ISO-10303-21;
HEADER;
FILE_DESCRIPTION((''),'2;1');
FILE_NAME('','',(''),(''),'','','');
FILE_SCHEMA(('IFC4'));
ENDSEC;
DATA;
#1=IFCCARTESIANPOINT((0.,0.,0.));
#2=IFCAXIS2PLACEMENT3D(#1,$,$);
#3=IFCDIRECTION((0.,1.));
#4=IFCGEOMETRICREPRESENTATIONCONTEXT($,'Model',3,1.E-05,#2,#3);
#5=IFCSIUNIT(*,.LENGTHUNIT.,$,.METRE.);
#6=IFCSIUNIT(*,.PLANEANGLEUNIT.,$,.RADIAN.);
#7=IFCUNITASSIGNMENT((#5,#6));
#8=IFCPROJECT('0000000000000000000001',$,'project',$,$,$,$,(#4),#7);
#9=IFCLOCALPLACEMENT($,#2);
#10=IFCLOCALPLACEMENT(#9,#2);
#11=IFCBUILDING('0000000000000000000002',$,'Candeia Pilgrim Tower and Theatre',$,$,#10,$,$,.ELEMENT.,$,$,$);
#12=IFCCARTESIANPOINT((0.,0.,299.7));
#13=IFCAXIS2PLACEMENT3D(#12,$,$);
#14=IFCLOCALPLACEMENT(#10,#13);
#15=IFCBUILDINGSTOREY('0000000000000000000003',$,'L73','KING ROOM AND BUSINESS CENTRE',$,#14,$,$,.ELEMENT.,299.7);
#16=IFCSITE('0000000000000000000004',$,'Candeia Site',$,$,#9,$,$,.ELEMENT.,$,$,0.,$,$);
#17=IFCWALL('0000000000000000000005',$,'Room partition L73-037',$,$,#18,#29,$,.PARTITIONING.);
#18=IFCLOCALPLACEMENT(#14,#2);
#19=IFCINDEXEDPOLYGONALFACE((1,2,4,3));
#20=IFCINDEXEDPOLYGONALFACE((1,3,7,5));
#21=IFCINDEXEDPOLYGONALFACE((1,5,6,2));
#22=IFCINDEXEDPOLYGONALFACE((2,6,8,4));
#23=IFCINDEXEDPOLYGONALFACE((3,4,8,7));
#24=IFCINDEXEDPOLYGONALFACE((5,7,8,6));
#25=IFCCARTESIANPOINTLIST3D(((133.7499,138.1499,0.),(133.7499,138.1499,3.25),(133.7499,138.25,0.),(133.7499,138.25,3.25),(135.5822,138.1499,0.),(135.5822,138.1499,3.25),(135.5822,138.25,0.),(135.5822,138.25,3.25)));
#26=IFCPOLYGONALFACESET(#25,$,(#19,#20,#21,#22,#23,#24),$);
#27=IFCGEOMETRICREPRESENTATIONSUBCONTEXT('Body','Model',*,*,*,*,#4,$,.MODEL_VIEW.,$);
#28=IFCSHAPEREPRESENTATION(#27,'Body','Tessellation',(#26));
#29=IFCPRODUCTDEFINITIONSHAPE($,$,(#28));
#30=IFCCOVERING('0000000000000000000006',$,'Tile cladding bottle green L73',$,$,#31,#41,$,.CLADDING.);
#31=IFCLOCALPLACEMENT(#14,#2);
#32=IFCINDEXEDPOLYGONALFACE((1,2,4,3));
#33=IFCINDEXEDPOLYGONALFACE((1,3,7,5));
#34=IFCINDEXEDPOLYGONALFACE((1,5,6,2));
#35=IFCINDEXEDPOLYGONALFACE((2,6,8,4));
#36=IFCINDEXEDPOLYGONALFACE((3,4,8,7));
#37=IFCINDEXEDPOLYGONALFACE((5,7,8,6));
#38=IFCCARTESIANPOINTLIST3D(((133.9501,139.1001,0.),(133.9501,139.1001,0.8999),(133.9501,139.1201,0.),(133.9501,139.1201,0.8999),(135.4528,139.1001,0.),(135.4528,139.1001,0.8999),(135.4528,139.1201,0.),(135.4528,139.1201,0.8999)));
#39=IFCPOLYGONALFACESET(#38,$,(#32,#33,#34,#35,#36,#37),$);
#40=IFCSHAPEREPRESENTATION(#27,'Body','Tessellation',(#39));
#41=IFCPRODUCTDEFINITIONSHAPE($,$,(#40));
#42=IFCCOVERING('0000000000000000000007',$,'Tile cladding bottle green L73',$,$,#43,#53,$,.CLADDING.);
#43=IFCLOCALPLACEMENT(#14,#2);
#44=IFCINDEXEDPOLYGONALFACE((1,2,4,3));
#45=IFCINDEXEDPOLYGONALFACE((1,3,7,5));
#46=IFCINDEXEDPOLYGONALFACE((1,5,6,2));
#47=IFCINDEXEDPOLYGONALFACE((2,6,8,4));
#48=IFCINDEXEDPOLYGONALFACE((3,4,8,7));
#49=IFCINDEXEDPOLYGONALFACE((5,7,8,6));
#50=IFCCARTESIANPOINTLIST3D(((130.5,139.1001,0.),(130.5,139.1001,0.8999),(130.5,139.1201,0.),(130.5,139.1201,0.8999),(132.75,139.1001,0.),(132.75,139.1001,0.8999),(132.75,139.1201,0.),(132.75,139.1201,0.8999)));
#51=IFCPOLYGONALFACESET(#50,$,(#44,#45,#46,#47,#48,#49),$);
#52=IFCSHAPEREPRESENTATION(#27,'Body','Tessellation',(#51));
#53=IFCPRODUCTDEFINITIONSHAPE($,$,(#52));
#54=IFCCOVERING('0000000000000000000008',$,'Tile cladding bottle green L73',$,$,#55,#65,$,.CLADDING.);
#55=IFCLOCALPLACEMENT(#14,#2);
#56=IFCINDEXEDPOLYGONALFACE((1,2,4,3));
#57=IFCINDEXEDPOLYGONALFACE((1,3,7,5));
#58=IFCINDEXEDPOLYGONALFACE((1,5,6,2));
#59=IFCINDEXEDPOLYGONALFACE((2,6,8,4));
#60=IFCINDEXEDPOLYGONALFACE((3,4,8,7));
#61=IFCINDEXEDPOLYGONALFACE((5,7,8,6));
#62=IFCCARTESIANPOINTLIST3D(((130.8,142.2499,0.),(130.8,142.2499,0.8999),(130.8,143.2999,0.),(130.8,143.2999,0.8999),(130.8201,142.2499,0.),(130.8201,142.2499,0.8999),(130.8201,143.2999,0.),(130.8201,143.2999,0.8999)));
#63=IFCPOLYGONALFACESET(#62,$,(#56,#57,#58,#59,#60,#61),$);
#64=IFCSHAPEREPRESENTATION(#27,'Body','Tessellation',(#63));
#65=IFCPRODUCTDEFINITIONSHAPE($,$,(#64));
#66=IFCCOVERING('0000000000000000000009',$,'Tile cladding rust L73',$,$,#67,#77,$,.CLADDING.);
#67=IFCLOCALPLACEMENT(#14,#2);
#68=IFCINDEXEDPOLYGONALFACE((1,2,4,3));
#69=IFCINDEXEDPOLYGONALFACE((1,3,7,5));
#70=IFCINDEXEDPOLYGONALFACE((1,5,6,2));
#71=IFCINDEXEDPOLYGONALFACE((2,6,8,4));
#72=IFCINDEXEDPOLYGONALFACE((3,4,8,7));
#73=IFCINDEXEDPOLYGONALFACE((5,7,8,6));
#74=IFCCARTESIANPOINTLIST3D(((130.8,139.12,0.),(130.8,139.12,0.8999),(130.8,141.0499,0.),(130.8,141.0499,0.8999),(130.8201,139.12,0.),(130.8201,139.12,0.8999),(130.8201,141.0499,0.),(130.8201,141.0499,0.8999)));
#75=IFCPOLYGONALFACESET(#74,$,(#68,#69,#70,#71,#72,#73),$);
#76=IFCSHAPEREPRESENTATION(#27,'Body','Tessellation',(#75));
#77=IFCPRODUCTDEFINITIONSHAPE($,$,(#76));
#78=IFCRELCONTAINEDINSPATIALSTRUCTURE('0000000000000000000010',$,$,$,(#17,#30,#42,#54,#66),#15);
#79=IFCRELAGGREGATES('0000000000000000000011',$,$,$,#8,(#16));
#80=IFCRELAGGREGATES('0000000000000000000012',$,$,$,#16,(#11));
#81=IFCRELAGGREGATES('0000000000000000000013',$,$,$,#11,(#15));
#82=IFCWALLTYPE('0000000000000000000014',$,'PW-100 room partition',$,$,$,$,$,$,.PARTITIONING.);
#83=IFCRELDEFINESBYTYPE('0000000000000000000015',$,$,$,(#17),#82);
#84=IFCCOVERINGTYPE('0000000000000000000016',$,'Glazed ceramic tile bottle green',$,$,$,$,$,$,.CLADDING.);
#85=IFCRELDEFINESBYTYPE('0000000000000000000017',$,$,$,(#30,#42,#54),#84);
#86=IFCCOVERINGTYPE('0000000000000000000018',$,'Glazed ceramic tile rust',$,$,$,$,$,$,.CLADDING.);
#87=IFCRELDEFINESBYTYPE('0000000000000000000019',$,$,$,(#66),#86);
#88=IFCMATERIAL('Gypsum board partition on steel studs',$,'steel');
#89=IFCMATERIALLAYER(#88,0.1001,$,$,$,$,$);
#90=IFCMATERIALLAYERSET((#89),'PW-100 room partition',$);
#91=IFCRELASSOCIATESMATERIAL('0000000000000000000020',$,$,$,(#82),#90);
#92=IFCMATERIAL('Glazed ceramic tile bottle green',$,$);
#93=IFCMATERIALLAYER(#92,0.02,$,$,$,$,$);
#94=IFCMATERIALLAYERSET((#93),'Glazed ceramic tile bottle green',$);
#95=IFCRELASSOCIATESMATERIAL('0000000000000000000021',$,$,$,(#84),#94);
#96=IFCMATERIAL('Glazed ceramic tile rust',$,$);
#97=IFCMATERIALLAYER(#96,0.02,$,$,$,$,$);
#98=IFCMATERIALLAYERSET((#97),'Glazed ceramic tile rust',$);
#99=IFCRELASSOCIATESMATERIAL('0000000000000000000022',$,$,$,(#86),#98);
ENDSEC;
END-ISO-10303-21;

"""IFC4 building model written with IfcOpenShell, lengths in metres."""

from ifc_helpers import new_model, si_unit, direction, frame, frame_2d, origin, origin_2d, place, context, subcontext, project, spatial, rectangle, extrude, material, layer, layer_set, type_object, element, save


model = new_model("IFC4")

# Units and contexts
model_context = context("Model", 3, precision=1e-05, world=origin(), true_north=direction((0.0, 1.0)))
body_context = subcontext(model_context, "Body", "Model", "MODEL_VIEW")
ifc_project = project(units=[si_unit("LENGTHUNIT", "METRE"), si_unit("PLANEANGLEUNIT", "RADIAN")], contexts=[model_context])

# Site, building, storey
site_placement = place(None, origin())
site = spatial("IfcSite", under=ifc_project, at=site_placement, Name="Candeia Site", CompositionType="ELEMENT", RefElevation=0.0)
building_placement = place(site_placement, origin())
building = spatial("IfcBuilding", under=site, at=building_placement, Name="Candeia Pilgrim Tower and Theatre", CompositionType="ELEMENT")
storey_placement = place(building_placement, frame((0.0, 0.0, 299.7)))
storey = spatial("IfcBuildingStorey", under=building, at=storey_placement, Name="L73", Description="KING ROOM AND BUSINESS CENTRE", CompositionType="ELEMENT", Elevation=299.7)

# Wall
ifc_material_1 = material(Name="Gypsum board partition on steel studs", Category="steel")
ifc_layer_1 = layer(ifc_material_1, 0.1001)
ifc_layer_set_1 = layer_set([ifc_layer_1], Name="PW-100 room partition")
wall_type_1 = type_object("IfcWallType", Name="PW-100 room partition", PredefinedType="PARTITIONING", material=ifc_layer_set_1)
wall_1_placement = place(storey_placement, frame((133.75, 138.2, 0.0), z_axis=(0.0, 0.0, 1.0), x_axis=(1.0, 0.0, 0.0)))
element("IfcWall", 1, at=wall_1_placement, inside=storey, type_object=wall_type_1, Name="Room partition L73-037", PredefinedType="PARTITIONING", context=body_context, shape_type="SweptSolid", body=[
    extrude(rectangle(XDim=1.8323, YDim=0.1001, at=frame_2d((0.916, 0.0))), origin(), (0.0, 0.0, 1.0), 3.25),
])

# Coverings
ifc_material_2 = material(Name="Glazed ceramic tile bottle green")
ifc_layer_2 = layer(ifc_material_2, 0.02)
ifc_layer_set_2 = layer_set([ifc_layer_2], Name="Glazed ceramic tile bottle green")
covering_type_1 = type_object("IfcCoveringType", Name="Glazed ceramic tile bottle green", PredefinedType="CLADDING", material=ifc_layer_set_2)
covering_1_placement = place(storey_placement, frame((134.7014, 139.1101, 0.0), z_axis=(0.0, 0.0, 1.0), x_axis=(-1.0, 0.0, 0.0)))
element("IfcCovering", 2, at=covering_1_placement, inside=storey, type_object=covering_type_1, Name="Tile cladding bottle green L73", PredefinedType="CLADDING", context=body_context, shape_type="SweptSolid", body=[
    extrude(rectangle(XDim=1.5027, YDim=0.02, at=origin_2d()), origin(), (0.0, 0.0, 1.0), 0.8999),
])
covering_2_placement = place(storey_placement, frame((131.625, 139.1101, 0.0), z_axis=(0.0, 0.0, 1.0), x_axis=(-1.0, 0.0, 0.0)))
element("IfcCovering", 3, at=covering_2_placement, inside=storey, type_object=covering_type_1, Name="Tile cladding bottle green L73", PredefinedType="CLADDING", context=body_context, shape_type="SweptSolid", body=[
    extrude(rectangle(XDim=2.25, YDim=0.02, at=origin_2d()), origin(), (0.0, 0.0, 1.0), 0.8999),
])
covering_3_placement = place(storey_placement, frame((130.8101, 142.7749, 0.0), z_axis=(0.0, 0.0, 1.0), x_axis=(0.0, 1.0, 0.0)))
element("IfcCovering", 4, at=covering_3_placement, inside=storey, type_object=covering_type_1, Name="Tile cladding bottle green L73", PredefinedType="CLADDING", context=body_context, shape_type="SweptSolid", body=[
    extrude(rectangle(XDim=1.05, YDim=0.02, at=origin_2d()), origin(), (0.0, 0.0, 1.0), 0.8999),
])
ifc_material_3 = material(Name="Glazed ceramic tile rust")
ifc_layer_3 = layer(ifc_material_3, 0.02)
ifc_layer_set_3 = layer_set([ifc_layer_3], Name="Glazed ceramic tile rust")
covering_type_2 = type_object("IfcCoveringType", Name="Glazed ceramic tile rust", PredefinedType="CLADDING", material=ifc_layer_set_3)
covering_4_placement = place(storey_placement, frame((130.8101, 140.085, 0.0), z_axis=(0.0, 0.0, 1.0), x_axis=(0.0, 1.0, 0.0)))
element("IfcCovering", 5, at=covering_4_placement, inside=storey, type_object=covering_type_2, Name="Tile cladding rust L73", PredefinedType="CLADDING", context=body_context, shape_type="SweptSolid", body=[
    extrude(rectangle(XDim=1.9299, YDim=0.02, at=origin_2d()), origin(), (0.0, 0.0, 1.0), 0.8999),
])

save(model, "model.ifc")
